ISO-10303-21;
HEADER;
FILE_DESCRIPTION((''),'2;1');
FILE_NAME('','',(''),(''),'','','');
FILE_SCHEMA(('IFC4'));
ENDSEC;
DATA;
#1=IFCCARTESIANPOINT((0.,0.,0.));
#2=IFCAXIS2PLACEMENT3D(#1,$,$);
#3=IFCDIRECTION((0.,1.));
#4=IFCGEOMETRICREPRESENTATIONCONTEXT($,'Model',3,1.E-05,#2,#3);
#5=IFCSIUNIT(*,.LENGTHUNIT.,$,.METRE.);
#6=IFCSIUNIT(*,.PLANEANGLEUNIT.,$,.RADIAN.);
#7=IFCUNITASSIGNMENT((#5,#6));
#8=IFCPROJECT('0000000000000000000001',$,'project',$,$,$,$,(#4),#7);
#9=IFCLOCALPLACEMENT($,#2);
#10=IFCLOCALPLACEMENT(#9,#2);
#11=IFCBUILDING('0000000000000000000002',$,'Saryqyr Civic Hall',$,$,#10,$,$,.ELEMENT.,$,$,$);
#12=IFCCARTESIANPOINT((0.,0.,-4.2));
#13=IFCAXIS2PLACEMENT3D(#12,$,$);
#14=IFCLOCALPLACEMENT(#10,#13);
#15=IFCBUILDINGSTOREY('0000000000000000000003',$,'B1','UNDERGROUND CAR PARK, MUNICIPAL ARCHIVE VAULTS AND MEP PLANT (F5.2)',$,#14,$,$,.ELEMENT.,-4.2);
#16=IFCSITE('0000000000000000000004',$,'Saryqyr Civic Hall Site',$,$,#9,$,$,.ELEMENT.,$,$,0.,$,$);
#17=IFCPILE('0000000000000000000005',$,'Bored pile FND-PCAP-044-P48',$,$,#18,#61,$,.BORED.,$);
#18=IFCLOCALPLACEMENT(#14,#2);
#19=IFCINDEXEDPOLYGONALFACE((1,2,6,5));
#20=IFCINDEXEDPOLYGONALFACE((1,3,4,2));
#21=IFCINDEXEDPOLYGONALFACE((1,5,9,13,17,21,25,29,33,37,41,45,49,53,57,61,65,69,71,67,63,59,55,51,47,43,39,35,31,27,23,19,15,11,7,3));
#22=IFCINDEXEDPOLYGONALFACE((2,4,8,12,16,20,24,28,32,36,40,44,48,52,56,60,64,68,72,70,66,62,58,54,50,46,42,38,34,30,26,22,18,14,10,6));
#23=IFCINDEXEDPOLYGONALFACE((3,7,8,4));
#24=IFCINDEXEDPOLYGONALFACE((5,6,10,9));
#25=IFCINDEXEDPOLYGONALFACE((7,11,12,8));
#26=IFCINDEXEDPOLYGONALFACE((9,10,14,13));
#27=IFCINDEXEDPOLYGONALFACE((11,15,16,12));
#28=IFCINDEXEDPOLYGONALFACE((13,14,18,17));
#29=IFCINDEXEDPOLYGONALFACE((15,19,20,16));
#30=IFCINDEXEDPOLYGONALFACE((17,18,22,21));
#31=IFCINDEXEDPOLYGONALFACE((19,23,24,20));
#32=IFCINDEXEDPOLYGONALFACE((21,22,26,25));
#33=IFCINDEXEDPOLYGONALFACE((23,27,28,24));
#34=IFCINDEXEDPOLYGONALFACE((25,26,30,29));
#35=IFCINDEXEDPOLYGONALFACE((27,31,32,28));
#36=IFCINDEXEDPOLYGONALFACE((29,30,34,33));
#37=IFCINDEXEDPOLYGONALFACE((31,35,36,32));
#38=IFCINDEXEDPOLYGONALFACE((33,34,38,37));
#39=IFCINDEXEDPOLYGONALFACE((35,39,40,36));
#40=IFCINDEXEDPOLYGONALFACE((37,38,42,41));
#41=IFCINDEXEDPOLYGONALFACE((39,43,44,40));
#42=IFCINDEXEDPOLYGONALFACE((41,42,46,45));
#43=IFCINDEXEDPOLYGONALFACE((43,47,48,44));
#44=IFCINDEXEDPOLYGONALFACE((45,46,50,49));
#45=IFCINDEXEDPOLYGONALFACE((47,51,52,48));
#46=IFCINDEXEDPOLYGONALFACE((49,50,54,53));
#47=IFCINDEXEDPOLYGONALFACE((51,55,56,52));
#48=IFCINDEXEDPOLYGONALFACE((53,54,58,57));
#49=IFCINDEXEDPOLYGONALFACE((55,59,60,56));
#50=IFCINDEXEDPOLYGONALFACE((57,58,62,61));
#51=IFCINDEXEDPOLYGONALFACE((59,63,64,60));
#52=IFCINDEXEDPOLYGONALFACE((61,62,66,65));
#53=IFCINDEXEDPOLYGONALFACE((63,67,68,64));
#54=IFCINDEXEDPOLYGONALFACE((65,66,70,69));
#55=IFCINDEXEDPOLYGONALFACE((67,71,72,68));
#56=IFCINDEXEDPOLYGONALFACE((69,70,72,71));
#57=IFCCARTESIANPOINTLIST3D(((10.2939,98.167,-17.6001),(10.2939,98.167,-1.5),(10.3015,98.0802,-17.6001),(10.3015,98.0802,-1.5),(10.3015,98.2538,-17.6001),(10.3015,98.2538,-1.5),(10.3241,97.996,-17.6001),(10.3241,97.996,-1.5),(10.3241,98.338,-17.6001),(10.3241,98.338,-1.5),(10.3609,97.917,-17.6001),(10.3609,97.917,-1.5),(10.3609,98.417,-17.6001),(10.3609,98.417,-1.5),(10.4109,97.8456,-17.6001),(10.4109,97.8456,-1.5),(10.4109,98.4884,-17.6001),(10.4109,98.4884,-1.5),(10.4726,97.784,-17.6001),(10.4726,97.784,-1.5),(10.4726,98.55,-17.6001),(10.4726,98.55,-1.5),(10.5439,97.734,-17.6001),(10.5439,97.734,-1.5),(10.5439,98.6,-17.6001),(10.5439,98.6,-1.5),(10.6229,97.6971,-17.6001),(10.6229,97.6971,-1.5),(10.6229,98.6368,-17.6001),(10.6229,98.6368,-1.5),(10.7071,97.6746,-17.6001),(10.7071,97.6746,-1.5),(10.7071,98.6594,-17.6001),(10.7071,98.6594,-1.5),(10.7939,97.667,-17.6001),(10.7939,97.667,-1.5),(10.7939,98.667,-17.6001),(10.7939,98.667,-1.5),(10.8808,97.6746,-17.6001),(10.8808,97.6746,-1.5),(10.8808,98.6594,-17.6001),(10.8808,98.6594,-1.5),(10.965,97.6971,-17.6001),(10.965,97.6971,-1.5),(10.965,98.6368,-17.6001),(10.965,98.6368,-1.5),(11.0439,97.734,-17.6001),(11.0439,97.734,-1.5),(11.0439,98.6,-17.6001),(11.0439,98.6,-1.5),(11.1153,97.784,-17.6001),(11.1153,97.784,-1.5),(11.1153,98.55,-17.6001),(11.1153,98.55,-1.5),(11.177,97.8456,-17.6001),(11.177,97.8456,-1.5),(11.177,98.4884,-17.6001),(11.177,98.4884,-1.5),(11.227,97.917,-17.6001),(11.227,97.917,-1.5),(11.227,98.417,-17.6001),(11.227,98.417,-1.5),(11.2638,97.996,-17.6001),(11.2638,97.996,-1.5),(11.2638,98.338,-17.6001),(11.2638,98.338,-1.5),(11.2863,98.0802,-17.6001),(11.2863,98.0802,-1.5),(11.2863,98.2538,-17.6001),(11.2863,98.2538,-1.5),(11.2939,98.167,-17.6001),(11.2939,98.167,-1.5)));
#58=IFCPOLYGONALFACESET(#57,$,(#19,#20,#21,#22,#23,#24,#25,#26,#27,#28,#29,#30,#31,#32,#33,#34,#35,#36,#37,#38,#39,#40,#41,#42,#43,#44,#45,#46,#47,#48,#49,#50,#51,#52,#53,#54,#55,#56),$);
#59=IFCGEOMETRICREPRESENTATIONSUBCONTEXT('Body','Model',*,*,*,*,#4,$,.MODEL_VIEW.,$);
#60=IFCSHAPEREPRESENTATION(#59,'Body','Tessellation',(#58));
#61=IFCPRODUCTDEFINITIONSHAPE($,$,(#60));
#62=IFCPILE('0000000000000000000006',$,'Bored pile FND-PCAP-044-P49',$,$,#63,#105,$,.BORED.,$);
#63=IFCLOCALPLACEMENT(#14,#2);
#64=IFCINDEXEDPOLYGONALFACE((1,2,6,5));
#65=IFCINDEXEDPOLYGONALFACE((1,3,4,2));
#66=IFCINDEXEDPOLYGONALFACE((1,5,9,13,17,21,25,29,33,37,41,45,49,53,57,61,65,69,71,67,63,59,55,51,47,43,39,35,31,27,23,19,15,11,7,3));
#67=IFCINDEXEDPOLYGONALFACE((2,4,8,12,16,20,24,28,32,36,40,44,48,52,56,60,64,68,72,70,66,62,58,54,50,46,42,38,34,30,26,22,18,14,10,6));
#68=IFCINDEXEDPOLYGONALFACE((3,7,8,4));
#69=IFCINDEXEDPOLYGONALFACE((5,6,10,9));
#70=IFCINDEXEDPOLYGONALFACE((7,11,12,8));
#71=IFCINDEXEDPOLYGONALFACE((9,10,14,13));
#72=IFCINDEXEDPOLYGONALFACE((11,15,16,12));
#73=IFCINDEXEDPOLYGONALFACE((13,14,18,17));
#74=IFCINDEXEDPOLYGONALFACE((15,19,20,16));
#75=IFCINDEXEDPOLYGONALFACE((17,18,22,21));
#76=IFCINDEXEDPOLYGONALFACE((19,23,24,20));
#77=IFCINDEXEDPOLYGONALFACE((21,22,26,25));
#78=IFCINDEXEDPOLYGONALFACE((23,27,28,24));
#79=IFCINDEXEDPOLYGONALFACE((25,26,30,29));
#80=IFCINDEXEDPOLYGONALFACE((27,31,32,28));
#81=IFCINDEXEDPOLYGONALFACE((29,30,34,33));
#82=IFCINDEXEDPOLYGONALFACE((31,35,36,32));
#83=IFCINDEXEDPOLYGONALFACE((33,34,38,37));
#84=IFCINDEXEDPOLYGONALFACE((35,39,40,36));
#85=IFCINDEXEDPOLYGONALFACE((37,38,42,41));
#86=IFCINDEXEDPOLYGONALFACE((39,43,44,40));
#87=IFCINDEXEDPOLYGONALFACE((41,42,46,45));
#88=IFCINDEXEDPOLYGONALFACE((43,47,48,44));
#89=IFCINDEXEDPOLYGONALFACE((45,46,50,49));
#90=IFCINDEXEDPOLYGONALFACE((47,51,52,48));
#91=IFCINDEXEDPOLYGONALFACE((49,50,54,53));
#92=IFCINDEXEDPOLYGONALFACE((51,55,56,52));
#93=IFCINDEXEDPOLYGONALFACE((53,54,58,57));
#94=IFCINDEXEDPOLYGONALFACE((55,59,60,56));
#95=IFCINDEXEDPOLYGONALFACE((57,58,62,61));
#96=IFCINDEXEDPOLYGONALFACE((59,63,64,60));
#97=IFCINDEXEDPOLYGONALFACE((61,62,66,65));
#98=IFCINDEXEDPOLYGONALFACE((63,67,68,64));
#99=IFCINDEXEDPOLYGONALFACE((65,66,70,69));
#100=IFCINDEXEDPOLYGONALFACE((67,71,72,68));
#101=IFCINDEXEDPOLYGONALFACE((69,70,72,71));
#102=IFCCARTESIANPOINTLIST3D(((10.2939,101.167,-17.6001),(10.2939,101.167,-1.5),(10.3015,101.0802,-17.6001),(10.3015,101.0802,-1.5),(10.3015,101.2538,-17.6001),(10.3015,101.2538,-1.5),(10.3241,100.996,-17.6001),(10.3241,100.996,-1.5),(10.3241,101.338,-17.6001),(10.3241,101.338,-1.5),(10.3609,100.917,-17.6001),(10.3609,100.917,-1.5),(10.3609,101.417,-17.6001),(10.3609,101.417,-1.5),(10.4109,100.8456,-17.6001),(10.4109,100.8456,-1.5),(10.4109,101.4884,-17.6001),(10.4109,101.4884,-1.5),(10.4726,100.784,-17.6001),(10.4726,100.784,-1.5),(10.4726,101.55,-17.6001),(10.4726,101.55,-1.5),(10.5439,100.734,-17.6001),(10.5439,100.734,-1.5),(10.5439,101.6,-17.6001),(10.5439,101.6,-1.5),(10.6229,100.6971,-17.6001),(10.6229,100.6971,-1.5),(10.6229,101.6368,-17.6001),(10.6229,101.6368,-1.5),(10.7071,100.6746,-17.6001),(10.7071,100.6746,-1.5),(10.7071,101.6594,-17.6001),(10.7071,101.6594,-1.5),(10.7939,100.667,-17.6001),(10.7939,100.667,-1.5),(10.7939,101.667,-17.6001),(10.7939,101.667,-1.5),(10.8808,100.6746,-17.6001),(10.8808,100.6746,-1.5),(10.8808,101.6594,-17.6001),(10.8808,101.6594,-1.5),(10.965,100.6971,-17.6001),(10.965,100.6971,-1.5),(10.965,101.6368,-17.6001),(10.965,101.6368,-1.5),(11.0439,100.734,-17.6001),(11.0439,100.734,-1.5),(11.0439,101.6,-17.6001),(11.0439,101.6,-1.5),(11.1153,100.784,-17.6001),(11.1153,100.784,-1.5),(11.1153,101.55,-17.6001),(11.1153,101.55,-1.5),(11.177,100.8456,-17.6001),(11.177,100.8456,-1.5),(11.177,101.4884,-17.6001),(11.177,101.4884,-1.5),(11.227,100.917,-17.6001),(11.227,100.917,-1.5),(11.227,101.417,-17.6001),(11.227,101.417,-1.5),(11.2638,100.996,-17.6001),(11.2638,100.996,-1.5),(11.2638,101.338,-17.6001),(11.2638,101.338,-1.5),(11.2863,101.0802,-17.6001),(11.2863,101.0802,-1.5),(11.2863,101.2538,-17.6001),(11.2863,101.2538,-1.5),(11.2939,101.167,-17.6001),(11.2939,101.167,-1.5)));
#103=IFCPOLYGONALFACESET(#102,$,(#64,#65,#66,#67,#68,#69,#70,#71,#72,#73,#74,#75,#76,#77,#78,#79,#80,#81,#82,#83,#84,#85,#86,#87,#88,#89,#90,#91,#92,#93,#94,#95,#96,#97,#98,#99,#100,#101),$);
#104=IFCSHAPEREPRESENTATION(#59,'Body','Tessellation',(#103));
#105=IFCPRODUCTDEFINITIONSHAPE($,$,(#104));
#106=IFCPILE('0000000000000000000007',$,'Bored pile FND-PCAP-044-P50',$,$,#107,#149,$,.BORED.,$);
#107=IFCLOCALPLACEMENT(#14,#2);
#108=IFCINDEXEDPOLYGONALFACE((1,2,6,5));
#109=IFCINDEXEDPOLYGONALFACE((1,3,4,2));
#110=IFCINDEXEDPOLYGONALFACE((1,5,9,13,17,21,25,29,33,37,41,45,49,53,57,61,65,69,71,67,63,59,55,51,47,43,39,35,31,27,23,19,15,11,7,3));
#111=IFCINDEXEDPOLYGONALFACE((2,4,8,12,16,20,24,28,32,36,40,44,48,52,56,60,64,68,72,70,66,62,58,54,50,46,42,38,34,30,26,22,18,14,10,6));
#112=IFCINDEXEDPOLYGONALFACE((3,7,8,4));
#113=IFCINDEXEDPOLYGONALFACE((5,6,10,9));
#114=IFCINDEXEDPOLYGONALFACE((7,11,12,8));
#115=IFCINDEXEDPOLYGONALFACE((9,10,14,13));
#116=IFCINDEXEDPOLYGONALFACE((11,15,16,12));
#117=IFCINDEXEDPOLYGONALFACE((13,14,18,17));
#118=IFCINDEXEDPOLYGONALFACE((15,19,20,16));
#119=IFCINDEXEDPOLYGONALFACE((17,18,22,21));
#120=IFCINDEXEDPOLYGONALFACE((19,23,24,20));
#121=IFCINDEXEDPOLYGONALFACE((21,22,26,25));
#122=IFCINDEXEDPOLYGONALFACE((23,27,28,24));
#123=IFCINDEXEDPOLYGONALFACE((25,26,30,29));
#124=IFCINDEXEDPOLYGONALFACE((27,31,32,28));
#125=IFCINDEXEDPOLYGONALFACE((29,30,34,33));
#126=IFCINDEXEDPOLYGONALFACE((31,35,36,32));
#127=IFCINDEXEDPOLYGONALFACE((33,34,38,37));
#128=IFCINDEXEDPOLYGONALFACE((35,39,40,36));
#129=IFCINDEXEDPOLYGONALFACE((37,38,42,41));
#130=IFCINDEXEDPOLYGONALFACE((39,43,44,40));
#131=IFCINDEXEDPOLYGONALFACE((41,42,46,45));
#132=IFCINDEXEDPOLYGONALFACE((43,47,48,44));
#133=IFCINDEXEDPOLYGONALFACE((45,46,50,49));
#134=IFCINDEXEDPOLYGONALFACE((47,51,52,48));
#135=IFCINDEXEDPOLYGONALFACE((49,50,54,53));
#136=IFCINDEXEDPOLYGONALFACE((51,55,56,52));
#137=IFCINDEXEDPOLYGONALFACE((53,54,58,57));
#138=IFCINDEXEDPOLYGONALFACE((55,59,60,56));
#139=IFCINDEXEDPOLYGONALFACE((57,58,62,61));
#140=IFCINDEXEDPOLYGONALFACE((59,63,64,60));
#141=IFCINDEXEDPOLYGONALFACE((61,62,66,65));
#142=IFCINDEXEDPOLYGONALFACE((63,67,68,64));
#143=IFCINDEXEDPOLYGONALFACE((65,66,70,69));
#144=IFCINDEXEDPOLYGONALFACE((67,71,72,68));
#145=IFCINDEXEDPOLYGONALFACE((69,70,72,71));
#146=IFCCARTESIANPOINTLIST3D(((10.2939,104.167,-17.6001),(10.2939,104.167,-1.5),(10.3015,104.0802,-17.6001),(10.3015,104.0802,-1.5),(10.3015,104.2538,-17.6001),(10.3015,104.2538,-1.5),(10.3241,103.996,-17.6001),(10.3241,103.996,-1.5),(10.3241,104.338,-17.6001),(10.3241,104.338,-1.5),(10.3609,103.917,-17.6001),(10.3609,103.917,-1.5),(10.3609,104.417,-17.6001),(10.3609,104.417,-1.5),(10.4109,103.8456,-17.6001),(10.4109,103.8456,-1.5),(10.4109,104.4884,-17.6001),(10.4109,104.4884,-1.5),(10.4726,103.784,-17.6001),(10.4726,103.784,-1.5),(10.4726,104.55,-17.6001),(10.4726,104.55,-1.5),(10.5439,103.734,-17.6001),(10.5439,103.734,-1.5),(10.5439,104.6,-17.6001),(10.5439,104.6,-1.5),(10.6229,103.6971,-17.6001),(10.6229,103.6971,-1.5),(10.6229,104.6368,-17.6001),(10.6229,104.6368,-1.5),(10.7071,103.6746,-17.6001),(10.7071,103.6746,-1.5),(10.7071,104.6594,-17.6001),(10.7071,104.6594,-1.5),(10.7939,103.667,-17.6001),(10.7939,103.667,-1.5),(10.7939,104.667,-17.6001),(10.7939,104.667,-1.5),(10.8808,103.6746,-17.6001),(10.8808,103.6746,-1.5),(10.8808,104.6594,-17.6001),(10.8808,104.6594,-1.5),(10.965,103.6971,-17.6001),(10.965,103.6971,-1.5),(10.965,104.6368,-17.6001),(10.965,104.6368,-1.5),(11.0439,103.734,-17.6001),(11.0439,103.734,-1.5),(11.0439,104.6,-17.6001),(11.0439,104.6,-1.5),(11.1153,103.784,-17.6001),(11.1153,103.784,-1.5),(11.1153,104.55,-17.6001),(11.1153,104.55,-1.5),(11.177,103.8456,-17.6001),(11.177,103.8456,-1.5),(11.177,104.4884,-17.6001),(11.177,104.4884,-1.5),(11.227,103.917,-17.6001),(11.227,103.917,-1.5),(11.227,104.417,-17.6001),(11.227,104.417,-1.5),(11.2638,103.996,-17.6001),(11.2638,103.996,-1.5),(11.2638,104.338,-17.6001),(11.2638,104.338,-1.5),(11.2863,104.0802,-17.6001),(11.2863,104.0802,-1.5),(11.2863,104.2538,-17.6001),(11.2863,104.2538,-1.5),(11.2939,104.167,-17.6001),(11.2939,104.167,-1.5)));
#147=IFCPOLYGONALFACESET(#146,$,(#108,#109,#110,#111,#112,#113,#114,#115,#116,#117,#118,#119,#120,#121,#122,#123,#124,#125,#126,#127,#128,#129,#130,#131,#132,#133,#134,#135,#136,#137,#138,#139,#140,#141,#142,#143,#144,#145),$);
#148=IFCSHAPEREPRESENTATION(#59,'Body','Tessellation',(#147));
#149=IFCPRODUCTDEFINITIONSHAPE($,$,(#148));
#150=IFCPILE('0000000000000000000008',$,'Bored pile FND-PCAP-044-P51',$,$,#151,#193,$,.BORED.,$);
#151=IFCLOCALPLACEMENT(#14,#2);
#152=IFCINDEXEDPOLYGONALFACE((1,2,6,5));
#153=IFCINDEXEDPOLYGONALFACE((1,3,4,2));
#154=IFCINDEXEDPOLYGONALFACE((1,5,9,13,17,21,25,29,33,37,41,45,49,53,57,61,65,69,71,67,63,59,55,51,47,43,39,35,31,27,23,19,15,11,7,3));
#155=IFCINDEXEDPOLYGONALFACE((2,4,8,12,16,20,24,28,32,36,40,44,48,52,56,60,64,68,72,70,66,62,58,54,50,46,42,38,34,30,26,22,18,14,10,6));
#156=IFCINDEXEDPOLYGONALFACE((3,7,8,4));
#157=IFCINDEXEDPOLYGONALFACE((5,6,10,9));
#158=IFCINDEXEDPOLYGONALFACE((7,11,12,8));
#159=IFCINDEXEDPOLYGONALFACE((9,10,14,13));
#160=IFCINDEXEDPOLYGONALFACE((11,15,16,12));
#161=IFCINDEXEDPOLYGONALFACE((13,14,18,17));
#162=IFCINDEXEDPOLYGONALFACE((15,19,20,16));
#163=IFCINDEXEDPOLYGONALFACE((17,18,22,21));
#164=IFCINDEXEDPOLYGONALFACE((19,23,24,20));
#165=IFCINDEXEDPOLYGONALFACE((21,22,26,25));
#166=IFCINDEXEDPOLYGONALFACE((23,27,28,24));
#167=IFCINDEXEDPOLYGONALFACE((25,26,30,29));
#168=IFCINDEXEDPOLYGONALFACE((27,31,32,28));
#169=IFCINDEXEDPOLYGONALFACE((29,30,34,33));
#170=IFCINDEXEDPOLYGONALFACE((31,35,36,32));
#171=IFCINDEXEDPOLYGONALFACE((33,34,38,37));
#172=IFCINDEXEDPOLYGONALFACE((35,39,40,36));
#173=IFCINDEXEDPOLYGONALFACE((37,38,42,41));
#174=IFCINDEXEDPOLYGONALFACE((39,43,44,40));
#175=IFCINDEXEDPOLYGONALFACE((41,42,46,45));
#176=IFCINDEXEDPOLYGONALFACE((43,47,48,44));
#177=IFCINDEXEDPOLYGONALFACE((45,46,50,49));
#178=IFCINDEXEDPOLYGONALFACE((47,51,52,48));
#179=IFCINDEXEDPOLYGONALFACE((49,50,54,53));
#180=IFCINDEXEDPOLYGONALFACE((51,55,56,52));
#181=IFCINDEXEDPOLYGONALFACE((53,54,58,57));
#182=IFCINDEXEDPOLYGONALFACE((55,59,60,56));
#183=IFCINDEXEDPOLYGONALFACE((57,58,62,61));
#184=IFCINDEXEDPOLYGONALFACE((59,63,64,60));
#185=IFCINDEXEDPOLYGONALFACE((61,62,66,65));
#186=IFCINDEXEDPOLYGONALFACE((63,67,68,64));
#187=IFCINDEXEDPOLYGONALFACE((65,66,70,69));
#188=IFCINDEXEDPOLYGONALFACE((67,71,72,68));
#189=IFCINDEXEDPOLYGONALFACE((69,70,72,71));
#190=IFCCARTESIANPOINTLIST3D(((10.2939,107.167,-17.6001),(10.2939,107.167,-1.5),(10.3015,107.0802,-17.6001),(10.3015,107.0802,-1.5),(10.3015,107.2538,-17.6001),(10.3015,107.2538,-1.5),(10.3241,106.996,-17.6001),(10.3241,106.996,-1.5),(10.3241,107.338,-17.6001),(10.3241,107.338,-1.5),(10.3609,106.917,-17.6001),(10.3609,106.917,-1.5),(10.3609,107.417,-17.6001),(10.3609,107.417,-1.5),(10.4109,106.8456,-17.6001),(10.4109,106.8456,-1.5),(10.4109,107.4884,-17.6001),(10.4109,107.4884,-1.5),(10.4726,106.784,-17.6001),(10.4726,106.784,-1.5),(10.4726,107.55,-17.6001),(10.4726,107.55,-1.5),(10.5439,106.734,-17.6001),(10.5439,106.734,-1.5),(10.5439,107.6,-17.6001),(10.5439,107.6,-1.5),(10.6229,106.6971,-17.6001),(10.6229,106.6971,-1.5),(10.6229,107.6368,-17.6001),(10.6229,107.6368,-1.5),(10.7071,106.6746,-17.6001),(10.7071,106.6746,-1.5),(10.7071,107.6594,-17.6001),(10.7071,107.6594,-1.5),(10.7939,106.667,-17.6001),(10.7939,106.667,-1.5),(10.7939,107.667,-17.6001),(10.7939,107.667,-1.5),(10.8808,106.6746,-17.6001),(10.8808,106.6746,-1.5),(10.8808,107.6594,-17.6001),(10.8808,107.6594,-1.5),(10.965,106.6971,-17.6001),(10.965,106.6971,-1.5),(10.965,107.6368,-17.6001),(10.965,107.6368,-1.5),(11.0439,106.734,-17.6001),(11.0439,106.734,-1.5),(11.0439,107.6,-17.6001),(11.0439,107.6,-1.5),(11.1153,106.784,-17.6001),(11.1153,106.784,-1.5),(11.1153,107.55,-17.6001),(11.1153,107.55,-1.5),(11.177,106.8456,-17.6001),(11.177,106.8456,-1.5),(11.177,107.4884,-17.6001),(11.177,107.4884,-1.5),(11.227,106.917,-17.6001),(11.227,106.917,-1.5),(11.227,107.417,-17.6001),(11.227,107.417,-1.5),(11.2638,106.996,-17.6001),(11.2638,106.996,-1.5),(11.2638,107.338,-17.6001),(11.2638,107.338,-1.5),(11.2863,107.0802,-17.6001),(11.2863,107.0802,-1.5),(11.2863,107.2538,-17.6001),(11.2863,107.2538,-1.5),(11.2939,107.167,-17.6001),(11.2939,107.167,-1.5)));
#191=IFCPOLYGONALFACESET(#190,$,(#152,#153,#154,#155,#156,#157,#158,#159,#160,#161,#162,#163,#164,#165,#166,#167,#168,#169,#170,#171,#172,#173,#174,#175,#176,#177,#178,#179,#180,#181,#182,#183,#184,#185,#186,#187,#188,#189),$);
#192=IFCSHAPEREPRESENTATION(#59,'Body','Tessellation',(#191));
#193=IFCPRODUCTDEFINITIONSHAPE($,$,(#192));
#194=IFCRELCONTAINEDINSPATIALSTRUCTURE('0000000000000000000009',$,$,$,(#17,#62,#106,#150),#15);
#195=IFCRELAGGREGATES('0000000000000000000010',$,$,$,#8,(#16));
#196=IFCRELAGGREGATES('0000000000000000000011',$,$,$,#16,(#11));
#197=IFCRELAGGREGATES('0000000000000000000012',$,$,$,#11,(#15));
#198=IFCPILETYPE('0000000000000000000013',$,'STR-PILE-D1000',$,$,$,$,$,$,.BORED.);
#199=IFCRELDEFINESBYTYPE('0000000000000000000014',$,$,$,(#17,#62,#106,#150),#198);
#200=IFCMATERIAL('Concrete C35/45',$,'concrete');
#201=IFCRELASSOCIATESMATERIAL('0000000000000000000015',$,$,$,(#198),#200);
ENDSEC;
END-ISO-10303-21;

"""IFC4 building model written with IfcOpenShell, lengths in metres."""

from ifc_helpers import new_model, si_unit, direction, frame, origin, origin_2d, place, context, subcontext, project, spatial, circle, extrude, material, material_profile, profile_set, type_object, element, save


model = new_model("IFC4")

# Units and contexts
model_context = context("Model", 3, precision=1e-05, world=origin(), true_north=direction((0.0, 1.0)))
body_context = subcontext(model_context, "Body", "Model", "MODEL_VIEW")
ifc_project = project(units=[si_unit("LENGTHUNIT", "METRE"), si_unit("PLANEANGLEUNIT", "RADIAN")], contexts=[model_context])

# Site, building, storey
site_placement = place(None, origin())
site = spatial("IfcSite", under=ifc_project, at=site_placement, Name="Saryqyr Civic Hall Site", CompositionType="ELEMENT", RefElevation=0.0)
building_placement = place(site_placement, origin())
building = spatial("IfcBuilding", under=site, at=building_placement, Name="Saryqyr Civic Hall", CompositionType="ELEMENT")
storey_placement = place(building_placement, frame((0.0, 0.0, -4.2)))
storey = spatial("IfcBuildingStorey", under=building, at=storey_placement, Name="B1", Description="UNDERGROUND CAR PARK, MUNICIPAL ARCHIVE VAULTS AND MEP PLANT (F5.2)", CompositionType="ELEMENT", Elevation=-4.2)

# Piles
ifc_material_1 = material(Name="Concrete C35/45", Category="concrete")
ifc_material_profile_1 = material_profile(ifc_material_1, circle(Radius=0.5, at=origin_2d()), Name="BORED PILE D1000")
ifc_profile_set_1 = profile_set([ifc_material_profile_1], Name="Concrete C35/45")
pile_type = type_object("IfcPileType", Name="STR-PILE-D1000", PredefinedType="BORED", material=ifc_profile_set_1)
for number, where, z_axis, x_axis, name in (
    (1, (10.7939, 98.167, -1.5), (0.0, 0.0, -1.0), (1.0, 0.0, 0.0), "Bored pile FND-PCAP-044-P48"),
    (2, (10.7939, 101.167, -1.5), (0.0, 0.0, -1.0), (1.0, 0.0, 0.0), "Bored pile FND-PCAP-044-P49"),
    (3, (10.7939, 104.167, -1.5), (0.0, 0.0, -1.0), (1.0, 0.0, 0.0), "Bored pile FND-PCAP-044-P50"),
    (4, (10.7939, 107.167, -1.5), (0.0, 0.0, -1.0), (1.0, 0.0, 0.0), "Bored pile FND-PCAP-044-P51"),
):
    element("IfcPile", number, at=place(storey_placement, frame(where, z_axis=z_axis, x_axis=x_axis)), inside=storey, type_object=pile_type, Name=name, PredefinedType="BORED", context=body_context, shape_type="SweptSolid", body=[
        extrude(circle(Radius=0.5, at=origin_2d()), origin(), (0.0, 0.0, 1.0), 16.1001),
    ])

save(model, "model.ifc")
